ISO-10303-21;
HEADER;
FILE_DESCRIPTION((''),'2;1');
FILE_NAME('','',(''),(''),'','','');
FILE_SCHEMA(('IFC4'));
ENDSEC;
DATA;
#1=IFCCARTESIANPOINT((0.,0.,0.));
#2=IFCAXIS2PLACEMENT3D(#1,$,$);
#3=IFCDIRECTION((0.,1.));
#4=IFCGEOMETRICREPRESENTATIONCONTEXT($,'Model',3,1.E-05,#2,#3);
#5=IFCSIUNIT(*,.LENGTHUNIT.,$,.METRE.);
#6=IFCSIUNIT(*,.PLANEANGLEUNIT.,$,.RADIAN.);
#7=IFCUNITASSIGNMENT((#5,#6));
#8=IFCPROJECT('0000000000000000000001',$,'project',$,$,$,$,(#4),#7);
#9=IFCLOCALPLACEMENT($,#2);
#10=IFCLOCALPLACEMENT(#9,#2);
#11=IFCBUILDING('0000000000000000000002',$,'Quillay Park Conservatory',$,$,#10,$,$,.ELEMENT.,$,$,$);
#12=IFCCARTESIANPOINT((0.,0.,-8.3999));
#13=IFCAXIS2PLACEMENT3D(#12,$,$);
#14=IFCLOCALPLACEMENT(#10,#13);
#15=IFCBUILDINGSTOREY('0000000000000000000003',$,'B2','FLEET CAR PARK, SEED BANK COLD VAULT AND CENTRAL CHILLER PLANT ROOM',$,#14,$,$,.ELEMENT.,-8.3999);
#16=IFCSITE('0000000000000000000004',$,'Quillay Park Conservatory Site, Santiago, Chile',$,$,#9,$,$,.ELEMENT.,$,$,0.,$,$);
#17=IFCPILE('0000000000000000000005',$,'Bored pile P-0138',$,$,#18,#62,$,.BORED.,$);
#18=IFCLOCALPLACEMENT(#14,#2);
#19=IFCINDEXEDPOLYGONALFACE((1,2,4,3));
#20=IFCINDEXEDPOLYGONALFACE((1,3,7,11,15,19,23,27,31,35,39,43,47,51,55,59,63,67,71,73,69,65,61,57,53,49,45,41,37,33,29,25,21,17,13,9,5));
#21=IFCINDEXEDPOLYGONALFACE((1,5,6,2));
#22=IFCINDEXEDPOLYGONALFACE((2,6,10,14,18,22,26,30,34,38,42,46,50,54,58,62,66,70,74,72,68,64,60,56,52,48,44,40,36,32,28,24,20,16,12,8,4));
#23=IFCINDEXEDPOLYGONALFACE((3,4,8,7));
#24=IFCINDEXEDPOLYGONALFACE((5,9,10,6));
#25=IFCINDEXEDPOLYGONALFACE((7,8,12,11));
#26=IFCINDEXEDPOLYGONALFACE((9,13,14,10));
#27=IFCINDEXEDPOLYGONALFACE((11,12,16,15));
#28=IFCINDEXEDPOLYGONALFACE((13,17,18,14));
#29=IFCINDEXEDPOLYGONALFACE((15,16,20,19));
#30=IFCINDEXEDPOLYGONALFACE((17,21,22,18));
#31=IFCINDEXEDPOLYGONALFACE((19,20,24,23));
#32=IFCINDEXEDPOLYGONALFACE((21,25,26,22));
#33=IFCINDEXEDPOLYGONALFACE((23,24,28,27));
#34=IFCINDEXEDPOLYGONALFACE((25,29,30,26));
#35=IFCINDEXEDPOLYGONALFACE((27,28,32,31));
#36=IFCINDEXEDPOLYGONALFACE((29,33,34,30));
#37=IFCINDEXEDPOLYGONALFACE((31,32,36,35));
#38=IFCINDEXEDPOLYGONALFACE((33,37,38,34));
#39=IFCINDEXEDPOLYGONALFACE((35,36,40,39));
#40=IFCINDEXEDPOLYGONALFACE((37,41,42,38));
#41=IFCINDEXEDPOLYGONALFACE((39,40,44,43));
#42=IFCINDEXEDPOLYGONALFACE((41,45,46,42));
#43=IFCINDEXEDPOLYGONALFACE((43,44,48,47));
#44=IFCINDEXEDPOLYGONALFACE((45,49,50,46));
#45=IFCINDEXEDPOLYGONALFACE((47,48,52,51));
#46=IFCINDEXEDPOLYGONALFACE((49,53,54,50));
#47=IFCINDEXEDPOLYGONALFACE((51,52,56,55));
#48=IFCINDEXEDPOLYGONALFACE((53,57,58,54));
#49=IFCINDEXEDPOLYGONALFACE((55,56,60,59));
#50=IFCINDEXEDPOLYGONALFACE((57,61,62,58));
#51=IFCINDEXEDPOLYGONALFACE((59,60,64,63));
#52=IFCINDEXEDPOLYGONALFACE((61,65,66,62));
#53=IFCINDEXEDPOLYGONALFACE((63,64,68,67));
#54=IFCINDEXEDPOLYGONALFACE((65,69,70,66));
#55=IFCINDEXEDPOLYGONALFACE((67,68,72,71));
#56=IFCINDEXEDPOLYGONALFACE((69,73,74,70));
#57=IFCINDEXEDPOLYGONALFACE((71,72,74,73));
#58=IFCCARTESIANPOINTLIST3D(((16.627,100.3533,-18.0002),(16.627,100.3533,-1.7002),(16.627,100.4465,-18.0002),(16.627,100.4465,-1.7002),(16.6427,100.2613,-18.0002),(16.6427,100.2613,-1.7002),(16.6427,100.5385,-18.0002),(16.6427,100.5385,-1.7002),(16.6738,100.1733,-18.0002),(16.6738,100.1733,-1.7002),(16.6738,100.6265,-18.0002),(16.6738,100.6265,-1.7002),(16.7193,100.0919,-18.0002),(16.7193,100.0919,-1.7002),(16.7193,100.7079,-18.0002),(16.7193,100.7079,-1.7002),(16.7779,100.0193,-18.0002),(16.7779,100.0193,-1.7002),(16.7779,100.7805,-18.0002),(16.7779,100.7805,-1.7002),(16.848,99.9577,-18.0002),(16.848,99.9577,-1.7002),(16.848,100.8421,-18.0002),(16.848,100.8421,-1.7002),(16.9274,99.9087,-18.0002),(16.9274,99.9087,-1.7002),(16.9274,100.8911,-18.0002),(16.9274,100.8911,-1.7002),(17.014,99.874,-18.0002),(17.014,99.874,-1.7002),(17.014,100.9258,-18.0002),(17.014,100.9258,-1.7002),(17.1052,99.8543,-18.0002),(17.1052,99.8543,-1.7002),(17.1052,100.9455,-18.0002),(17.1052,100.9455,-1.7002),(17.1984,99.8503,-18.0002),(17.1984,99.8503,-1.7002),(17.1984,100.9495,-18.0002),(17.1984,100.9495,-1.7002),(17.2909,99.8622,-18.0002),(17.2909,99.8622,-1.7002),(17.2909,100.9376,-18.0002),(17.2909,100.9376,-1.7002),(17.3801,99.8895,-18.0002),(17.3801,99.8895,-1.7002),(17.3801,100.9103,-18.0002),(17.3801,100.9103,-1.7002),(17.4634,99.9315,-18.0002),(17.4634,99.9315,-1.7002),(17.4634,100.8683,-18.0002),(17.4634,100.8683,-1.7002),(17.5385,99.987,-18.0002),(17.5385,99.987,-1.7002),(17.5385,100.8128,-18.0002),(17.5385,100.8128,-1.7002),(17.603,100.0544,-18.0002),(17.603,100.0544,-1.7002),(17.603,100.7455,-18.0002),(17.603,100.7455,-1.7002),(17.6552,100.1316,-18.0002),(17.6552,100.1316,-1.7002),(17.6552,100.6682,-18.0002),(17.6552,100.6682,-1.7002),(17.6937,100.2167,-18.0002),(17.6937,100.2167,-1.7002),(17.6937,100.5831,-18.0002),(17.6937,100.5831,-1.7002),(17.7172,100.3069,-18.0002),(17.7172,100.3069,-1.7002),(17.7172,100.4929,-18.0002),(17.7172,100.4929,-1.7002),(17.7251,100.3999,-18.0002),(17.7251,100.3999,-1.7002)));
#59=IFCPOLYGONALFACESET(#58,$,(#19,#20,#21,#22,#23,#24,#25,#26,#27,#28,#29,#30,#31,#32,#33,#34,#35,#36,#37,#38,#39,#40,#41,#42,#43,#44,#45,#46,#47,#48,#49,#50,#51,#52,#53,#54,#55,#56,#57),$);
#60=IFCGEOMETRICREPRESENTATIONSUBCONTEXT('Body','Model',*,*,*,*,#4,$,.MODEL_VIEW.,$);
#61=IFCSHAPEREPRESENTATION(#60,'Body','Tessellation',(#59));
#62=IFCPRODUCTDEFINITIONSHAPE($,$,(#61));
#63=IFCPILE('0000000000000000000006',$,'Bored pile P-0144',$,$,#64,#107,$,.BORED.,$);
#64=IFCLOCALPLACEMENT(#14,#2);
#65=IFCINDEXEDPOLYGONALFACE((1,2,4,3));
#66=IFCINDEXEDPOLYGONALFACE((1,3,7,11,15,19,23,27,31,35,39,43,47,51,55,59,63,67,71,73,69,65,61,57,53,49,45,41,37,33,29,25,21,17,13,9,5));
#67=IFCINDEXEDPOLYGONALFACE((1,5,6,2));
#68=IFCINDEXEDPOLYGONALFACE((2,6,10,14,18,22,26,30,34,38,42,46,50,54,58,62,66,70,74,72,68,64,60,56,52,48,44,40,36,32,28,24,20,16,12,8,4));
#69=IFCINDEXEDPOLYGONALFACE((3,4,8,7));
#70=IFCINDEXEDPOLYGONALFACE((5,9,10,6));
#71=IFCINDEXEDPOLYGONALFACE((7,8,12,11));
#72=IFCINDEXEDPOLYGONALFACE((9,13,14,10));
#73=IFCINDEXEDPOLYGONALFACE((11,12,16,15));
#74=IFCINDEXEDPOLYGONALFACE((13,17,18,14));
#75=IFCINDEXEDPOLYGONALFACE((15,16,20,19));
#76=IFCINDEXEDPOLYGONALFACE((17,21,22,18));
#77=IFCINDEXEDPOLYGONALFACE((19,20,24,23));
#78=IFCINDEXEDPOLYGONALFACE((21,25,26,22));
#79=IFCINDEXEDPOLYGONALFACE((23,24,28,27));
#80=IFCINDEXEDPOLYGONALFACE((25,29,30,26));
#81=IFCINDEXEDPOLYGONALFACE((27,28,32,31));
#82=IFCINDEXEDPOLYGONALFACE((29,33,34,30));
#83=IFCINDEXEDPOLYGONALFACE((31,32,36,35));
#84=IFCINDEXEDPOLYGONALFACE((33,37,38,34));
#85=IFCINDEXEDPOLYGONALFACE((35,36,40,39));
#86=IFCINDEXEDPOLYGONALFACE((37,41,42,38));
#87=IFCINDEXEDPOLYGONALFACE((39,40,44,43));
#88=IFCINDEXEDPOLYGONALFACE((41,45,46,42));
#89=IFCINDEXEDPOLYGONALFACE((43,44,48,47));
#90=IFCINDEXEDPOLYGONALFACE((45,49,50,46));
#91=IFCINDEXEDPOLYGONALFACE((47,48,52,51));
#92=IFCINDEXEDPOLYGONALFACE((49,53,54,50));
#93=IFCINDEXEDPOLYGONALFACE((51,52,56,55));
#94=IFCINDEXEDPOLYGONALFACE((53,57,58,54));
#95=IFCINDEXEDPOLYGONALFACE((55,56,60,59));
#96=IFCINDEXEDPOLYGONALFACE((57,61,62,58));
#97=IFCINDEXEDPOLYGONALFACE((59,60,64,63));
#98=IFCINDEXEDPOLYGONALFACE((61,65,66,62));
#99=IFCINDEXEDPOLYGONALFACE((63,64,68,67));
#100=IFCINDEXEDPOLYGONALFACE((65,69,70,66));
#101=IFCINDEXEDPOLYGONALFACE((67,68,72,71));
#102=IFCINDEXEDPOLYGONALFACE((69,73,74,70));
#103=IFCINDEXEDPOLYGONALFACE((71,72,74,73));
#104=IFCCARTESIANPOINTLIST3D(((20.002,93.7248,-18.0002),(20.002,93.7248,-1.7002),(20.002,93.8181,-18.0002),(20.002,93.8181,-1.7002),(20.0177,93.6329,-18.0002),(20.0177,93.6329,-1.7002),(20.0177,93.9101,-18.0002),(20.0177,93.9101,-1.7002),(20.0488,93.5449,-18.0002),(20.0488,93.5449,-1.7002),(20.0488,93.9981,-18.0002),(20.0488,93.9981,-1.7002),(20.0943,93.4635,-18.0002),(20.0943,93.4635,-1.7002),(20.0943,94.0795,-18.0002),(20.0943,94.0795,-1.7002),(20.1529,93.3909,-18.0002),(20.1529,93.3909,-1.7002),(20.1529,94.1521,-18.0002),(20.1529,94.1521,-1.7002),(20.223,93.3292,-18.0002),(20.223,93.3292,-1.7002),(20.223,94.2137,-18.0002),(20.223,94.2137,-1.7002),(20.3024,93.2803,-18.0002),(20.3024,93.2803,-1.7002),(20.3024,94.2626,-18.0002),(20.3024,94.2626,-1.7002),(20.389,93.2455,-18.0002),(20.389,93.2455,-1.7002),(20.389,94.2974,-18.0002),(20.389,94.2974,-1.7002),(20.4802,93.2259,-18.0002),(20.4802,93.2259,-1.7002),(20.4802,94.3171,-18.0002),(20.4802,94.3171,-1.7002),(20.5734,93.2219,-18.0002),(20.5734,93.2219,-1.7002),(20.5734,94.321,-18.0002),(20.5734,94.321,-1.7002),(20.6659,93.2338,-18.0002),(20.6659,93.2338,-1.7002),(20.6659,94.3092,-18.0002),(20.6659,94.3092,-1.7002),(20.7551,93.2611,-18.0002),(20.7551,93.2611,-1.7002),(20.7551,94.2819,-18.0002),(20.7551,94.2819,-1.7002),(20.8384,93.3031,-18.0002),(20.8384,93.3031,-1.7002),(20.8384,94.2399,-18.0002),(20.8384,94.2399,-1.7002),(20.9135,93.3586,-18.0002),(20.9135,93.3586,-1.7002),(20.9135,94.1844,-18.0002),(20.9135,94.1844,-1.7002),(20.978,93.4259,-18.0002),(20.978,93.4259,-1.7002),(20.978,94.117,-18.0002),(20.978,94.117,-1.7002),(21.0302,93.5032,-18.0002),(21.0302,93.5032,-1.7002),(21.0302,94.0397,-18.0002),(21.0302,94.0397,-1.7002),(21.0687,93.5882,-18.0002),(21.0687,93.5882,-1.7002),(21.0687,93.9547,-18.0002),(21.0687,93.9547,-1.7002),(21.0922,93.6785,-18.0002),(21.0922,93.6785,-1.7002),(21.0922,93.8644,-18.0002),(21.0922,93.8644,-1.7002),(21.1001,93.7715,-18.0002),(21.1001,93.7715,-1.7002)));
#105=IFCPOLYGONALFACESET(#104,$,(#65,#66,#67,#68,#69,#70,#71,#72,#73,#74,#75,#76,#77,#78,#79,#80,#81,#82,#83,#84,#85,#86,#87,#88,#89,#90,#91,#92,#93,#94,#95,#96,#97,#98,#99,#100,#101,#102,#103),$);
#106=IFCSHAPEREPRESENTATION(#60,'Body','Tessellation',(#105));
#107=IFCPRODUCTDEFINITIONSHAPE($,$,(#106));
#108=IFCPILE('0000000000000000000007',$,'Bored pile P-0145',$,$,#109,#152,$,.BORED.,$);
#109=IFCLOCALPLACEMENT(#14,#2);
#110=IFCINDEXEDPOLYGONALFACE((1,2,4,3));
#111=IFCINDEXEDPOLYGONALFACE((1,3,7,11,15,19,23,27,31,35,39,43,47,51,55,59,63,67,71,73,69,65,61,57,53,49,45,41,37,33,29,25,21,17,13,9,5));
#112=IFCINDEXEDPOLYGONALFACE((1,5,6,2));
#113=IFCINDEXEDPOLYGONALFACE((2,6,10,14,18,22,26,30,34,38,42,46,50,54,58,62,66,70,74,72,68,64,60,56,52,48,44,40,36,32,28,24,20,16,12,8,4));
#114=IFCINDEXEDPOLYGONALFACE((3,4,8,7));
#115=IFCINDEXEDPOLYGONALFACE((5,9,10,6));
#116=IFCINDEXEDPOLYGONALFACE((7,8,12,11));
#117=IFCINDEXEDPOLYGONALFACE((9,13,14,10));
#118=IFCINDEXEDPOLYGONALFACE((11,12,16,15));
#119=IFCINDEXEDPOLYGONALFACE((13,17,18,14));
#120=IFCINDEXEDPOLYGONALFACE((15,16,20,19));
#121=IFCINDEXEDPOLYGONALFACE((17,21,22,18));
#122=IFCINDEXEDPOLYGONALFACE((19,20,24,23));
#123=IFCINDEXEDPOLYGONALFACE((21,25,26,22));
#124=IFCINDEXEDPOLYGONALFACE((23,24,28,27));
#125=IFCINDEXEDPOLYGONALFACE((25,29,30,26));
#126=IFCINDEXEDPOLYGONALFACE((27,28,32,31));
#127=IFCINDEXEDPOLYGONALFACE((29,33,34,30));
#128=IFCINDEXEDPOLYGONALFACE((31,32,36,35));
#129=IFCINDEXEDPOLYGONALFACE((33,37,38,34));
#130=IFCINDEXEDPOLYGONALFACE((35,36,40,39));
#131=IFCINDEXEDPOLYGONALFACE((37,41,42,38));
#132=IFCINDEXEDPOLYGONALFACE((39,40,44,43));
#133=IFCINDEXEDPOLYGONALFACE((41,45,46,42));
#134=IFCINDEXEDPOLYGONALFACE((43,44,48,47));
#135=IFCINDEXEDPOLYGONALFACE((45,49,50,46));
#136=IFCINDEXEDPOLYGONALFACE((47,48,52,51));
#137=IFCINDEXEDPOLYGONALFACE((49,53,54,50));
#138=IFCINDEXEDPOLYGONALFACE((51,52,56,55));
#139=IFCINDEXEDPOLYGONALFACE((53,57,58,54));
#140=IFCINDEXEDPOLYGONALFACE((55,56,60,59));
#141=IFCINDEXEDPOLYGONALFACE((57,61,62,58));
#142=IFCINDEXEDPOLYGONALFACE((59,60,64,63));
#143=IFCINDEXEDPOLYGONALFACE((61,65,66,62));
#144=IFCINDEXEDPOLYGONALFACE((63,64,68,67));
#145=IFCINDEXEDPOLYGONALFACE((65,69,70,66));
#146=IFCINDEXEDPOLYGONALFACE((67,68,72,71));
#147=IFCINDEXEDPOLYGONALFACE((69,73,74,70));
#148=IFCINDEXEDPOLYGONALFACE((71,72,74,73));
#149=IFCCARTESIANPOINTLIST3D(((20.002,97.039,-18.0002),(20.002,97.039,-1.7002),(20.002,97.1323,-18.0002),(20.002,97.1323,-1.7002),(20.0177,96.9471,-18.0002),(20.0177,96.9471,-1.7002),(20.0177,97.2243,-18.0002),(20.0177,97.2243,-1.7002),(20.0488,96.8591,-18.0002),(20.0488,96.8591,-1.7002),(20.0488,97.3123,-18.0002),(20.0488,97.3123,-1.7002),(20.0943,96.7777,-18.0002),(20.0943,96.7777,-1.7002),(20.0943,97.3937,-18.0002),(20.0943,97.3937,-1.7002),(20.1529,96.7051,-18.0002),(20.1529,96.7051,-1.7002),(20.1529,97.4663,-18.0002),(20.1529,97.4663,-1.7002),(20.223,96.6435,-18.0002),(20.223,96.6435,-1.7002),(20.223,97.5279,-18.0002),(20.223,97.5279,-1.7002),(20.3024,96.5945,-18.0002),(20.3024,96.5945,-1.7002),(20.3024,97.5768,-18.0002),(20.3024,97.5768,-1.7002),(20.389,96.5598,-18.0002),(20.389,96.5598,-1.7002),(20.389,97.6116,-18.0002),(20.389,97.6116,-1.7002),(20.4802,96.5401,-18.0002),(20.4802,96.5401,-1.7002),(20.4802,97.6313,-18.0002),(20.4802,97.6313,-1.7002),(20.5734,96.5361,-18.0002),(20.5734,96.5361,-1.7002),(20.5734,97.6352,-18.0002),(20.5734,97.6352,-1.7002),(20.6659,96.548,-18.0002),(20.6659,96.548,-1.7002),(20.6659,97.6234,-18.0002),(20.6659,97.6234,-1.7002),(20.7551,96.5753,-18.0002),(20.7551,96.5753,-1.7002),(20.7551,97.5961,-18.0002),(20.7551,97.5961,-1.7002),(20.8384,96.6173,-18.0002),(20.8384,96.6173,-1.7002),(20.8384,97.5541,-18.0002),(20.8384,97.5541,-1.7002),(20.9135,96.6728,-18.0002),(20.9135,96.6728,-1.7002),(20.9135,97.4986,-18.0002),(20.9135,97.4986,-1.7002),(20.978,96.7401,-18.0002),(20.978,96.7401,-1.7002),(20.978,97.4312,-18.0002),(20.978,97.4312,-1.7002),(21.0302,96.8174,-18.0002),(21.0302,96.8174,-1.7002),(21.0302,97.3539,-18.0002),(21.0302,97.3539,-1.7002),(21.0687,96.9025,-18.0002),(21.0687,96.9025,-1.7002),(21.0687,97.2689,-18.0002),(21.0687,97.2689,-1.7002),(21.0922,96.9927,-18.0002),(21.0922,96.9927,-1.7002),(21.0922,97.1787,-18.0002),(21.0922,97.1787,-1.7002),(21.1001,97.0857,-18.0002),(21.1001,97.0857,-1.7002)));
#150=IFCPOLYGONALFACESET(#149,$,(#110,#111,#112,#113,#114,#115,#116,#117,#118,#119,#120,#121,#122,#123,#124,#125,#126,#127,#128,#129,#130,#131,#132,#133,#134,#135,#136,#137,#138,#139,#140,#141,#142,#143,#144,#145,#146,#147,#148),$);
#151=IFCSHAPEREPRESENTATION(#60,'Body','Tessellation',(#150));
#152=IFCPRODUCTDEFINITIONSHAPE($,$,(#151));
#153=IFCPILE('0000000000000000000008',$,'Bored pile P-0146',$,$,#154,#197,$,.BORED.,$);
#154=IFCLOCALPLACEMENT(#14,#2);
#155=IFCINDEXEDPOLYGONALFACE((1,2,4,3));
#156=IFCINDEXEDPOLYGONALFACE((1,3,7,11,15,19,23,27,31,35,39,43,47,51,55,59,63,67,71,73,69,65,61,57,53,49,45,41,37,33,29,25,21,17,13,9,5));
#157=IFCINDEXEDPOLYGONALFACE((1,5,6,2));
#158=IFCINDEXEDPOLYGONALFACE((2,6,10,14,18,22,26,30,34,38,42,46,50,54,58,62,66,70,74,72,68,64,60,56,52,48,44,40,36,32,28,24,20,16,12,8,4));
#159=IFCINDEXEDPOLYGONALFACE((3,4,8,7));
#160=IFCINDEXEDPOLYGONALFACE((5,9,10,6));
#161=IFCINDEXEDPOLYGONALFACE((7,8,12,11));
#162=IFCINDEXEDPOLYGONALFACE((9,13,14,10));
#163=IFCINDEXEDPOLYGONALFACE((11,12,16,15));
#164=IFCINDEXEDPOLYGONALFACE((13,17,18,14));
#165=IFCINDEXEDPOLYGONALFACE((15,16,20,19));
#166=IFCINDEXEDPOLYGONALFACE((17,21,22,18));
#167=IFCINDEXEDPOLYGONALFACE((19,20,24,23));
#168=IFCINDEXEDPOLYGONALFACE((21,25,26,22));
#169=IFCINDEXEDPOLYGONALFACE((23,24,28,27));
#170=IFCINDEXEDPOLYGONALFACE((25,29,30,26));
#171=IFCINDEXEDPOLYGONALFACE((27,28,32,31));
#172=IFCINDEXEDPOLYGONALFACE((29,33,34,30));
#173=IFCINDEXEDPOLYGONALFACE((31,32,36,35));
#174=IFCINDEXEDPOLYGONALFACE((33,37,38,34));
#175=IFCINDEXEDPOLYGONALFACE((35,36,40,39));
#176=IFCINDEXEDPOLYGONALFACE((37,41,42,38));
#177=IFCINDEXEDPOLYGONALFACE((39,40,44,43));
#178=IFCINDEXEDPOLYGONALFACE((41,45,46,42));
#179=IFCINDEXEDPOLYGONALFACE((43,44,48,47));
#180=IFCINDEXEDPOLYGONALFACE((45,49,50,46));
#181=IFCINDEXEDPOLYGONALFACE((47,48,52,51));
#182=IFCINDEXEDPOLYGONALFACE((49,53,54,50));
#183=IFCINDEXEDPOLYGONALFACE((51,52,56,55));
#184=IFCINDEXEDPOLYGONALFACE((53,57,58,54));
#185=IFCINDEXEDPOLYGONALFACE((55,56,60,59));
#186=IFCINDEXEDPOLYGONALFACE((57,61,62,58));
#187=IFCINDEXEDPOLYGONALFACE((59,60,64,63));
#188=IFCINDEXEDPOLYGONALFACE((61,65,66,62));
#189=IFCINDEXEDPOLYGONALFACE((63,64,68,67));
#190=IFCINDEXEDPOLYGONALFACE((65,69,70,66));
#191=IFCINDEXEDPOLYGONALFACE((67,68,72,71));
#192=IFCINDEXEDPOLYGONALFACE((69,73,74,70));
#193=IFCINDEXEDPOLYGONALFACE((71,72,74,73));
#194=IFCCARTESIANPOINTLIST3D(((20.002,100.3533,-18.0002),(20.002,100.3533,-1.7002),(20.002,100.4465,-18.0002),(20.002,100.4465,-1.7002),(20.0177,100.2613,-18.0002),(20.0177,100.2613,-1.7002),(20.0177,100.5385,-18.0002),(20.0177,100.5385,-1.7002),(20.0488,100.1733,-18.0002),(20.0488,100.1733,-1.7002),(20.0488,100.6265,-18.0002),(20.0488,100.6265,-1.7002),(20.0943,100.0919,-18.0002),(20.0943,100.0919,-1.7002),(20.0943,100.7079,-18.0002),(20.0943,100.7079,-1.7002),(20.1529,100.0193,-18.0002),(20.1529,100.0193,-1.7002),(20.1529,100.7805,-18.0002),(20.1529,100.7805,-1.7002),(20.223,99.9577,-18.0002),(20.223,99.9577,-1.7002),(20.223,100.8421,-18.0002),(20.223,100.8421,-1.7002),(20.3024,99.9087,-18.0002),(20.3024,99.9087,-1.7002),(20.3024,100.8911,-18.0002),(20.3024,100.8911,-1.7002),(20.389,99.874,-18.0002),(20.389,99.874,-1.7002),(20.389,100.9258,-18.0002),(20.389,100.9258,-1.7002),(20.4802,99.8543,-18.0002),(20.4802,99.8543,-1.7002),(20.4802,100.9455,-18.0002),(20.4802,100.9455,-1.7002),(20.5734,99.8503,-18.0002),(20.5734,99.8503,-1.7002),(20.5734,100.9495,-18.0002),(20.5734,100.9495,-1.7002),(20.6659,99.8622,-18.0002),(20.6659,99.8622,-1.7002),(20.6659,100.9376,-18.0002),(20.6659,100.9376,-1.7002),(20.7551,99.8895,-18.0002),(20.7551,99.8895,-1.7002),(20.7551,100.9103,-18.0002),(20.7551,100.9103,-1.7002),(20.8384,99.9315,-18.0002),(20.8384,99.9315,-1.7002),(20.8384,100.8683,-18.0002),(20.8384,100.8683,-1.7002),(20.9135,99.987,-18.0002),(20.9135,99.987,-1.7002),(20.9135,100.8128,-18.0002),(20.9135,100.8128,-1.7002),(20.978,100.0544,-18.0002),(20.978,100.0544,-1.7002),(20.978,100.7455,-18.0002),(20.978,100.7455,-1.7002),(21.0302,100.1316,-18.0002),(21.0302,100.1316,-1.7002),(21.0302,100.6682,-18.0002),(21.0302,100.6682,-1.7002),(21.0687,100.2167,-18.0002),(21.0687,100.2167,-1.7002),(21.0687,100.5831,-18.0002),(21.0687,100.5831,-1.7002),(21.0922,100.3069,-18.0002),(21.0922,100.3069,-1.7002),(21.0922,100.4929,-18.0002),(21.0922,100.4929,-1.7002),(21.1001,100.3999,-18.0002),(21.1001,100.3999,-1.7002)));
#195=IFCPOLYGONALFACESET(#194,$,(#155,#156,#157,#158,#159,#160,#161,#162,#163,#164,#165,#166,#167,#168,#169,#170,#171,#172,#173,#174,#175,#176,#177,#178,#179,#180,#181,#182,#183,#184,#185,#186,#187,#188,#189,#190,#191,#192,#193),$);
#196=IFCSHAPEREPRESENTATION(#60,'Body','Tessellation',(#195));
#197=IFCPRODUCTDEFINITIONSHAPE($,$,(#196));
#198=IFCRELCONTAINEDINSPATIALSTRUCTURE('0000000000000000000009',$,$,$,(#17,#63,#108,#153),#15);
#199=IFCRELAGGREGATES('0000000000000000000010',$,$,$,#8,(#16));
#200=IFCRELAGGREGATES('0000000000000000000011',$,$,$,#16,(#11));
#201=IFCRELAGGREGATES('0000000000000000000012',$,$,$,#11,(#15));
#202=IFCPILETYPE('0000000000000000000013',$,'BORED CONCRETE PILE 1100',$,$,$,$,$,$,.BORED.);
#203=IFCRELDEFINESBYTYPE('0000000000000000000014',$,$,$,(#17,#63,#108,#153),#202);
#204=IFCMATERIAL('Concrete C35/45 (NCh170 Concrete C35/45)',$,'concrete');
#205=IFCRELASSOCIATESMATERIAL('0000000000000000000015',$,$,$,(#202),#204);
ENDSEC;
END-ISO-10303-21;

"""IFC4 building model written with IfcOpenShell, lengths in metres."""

from ifc_helpers import new_model, si_unit, direction, frame, origin, origin_2d, place, context, subcontext, project, spatial, circle, extrude, material, material_profile, profile_set, type_object, element, save


model = new_model("IFC4")

# Units and contexts
model_context = context("Model", 3, precision=1e-05, world=origin(), true_north=direction((0.0, 1.0)))
body_context = subcontext(model_context, "Body", "Model", "MODEL_VIEW")
ifc_project = project(units=[si_unit("LENGTHUNIT", "METRE"), si_unit("PLANEANGLEUNIT", "RADIAN")], contexts=[model_context])

# Site, building, storey
site_placement = place(None, origin())
site = spatial("IfcSite", under=ifc_project, at=site_placement, Name="Quillay Park Conservatory Site, Santiago, Chile", CompositionType="ELEMENT", RefElevation=0.0)
building_placement = place(site_placement, origin())
building = spatial("IfcBuilding", under=site, at=building_placement, Name="Quillay Park Conservatory", CompositionType="ELEMENT")
storey_placement = place(building_placement, frame((0.0, 0.0, -8.3999)))
storey = spatial("IfcBuildingStorey", under=building, at=storey_placement, Name="B2", Description="FLEET CAR PARK, SEED BANK COLD VAULT AND CENTRAL CHILLER PLANT ROOM", CompositionType="ELEMENT", Elevation=-8.3999)

# Piles
ifc_material_1 = material(Name="Concrete C35/45 (NCh170 Concrete C35/45)", Category="concrete")
ifc_material_profile_1 = material_profile(ifc_material_1, circle(Radius=0.55, at=origin_2d()), Name="PILE1100")
ifc_profile_set_1 = profile_set([ifc_material_profile_1], Name="Concrete C35/45 (NCh170 Concrete C35/45)")
pile_type = type_object("IfcPileType", Name="BORED CONCRETE PILE 1100", PredefinedType="BORED", material=ifc_profile_set_1)
for number, where, z_axis, x_axis, name in (
    (1, (17.175, 100.3999, -1.7002), (0.0, 0.0, -1.0), (1.0, 0.0, 0.0), "Bored pile P-0138"),
    (2, (20.55, 93.7715, -1.7002), (0.0, 0.0, -1.0), (1.0, 0.0, 0.0), "Bored pile P-0144"),
    (3, (20.55, 97.0857, -1.7002), (0.0, 0.0, -1.0), (1.0, 0.0, 0.0), "Bored pile P-0145"),
    (4, (20.55, 100.3999, -1.7002), (0.0, 0.0, -1.0), (1.0, 0.0, 0.0), "Bored pile P-0146"),
):
    element("IfcPile", number, at=place(storey_placement, frame(where, z_axis=z_axis, x_axis=x_axis)), inside=storey, type_object=pile_type, Name=name, PredefinedType="BORED", context=body_context, shape_type="SweptSolid", body=[
        extrude(circle(Radius=0.55, at=origin_2d()), origin(), (0.0, 0.0, 1.0), 16.3),
    ])

save(model, "model.ifc")
